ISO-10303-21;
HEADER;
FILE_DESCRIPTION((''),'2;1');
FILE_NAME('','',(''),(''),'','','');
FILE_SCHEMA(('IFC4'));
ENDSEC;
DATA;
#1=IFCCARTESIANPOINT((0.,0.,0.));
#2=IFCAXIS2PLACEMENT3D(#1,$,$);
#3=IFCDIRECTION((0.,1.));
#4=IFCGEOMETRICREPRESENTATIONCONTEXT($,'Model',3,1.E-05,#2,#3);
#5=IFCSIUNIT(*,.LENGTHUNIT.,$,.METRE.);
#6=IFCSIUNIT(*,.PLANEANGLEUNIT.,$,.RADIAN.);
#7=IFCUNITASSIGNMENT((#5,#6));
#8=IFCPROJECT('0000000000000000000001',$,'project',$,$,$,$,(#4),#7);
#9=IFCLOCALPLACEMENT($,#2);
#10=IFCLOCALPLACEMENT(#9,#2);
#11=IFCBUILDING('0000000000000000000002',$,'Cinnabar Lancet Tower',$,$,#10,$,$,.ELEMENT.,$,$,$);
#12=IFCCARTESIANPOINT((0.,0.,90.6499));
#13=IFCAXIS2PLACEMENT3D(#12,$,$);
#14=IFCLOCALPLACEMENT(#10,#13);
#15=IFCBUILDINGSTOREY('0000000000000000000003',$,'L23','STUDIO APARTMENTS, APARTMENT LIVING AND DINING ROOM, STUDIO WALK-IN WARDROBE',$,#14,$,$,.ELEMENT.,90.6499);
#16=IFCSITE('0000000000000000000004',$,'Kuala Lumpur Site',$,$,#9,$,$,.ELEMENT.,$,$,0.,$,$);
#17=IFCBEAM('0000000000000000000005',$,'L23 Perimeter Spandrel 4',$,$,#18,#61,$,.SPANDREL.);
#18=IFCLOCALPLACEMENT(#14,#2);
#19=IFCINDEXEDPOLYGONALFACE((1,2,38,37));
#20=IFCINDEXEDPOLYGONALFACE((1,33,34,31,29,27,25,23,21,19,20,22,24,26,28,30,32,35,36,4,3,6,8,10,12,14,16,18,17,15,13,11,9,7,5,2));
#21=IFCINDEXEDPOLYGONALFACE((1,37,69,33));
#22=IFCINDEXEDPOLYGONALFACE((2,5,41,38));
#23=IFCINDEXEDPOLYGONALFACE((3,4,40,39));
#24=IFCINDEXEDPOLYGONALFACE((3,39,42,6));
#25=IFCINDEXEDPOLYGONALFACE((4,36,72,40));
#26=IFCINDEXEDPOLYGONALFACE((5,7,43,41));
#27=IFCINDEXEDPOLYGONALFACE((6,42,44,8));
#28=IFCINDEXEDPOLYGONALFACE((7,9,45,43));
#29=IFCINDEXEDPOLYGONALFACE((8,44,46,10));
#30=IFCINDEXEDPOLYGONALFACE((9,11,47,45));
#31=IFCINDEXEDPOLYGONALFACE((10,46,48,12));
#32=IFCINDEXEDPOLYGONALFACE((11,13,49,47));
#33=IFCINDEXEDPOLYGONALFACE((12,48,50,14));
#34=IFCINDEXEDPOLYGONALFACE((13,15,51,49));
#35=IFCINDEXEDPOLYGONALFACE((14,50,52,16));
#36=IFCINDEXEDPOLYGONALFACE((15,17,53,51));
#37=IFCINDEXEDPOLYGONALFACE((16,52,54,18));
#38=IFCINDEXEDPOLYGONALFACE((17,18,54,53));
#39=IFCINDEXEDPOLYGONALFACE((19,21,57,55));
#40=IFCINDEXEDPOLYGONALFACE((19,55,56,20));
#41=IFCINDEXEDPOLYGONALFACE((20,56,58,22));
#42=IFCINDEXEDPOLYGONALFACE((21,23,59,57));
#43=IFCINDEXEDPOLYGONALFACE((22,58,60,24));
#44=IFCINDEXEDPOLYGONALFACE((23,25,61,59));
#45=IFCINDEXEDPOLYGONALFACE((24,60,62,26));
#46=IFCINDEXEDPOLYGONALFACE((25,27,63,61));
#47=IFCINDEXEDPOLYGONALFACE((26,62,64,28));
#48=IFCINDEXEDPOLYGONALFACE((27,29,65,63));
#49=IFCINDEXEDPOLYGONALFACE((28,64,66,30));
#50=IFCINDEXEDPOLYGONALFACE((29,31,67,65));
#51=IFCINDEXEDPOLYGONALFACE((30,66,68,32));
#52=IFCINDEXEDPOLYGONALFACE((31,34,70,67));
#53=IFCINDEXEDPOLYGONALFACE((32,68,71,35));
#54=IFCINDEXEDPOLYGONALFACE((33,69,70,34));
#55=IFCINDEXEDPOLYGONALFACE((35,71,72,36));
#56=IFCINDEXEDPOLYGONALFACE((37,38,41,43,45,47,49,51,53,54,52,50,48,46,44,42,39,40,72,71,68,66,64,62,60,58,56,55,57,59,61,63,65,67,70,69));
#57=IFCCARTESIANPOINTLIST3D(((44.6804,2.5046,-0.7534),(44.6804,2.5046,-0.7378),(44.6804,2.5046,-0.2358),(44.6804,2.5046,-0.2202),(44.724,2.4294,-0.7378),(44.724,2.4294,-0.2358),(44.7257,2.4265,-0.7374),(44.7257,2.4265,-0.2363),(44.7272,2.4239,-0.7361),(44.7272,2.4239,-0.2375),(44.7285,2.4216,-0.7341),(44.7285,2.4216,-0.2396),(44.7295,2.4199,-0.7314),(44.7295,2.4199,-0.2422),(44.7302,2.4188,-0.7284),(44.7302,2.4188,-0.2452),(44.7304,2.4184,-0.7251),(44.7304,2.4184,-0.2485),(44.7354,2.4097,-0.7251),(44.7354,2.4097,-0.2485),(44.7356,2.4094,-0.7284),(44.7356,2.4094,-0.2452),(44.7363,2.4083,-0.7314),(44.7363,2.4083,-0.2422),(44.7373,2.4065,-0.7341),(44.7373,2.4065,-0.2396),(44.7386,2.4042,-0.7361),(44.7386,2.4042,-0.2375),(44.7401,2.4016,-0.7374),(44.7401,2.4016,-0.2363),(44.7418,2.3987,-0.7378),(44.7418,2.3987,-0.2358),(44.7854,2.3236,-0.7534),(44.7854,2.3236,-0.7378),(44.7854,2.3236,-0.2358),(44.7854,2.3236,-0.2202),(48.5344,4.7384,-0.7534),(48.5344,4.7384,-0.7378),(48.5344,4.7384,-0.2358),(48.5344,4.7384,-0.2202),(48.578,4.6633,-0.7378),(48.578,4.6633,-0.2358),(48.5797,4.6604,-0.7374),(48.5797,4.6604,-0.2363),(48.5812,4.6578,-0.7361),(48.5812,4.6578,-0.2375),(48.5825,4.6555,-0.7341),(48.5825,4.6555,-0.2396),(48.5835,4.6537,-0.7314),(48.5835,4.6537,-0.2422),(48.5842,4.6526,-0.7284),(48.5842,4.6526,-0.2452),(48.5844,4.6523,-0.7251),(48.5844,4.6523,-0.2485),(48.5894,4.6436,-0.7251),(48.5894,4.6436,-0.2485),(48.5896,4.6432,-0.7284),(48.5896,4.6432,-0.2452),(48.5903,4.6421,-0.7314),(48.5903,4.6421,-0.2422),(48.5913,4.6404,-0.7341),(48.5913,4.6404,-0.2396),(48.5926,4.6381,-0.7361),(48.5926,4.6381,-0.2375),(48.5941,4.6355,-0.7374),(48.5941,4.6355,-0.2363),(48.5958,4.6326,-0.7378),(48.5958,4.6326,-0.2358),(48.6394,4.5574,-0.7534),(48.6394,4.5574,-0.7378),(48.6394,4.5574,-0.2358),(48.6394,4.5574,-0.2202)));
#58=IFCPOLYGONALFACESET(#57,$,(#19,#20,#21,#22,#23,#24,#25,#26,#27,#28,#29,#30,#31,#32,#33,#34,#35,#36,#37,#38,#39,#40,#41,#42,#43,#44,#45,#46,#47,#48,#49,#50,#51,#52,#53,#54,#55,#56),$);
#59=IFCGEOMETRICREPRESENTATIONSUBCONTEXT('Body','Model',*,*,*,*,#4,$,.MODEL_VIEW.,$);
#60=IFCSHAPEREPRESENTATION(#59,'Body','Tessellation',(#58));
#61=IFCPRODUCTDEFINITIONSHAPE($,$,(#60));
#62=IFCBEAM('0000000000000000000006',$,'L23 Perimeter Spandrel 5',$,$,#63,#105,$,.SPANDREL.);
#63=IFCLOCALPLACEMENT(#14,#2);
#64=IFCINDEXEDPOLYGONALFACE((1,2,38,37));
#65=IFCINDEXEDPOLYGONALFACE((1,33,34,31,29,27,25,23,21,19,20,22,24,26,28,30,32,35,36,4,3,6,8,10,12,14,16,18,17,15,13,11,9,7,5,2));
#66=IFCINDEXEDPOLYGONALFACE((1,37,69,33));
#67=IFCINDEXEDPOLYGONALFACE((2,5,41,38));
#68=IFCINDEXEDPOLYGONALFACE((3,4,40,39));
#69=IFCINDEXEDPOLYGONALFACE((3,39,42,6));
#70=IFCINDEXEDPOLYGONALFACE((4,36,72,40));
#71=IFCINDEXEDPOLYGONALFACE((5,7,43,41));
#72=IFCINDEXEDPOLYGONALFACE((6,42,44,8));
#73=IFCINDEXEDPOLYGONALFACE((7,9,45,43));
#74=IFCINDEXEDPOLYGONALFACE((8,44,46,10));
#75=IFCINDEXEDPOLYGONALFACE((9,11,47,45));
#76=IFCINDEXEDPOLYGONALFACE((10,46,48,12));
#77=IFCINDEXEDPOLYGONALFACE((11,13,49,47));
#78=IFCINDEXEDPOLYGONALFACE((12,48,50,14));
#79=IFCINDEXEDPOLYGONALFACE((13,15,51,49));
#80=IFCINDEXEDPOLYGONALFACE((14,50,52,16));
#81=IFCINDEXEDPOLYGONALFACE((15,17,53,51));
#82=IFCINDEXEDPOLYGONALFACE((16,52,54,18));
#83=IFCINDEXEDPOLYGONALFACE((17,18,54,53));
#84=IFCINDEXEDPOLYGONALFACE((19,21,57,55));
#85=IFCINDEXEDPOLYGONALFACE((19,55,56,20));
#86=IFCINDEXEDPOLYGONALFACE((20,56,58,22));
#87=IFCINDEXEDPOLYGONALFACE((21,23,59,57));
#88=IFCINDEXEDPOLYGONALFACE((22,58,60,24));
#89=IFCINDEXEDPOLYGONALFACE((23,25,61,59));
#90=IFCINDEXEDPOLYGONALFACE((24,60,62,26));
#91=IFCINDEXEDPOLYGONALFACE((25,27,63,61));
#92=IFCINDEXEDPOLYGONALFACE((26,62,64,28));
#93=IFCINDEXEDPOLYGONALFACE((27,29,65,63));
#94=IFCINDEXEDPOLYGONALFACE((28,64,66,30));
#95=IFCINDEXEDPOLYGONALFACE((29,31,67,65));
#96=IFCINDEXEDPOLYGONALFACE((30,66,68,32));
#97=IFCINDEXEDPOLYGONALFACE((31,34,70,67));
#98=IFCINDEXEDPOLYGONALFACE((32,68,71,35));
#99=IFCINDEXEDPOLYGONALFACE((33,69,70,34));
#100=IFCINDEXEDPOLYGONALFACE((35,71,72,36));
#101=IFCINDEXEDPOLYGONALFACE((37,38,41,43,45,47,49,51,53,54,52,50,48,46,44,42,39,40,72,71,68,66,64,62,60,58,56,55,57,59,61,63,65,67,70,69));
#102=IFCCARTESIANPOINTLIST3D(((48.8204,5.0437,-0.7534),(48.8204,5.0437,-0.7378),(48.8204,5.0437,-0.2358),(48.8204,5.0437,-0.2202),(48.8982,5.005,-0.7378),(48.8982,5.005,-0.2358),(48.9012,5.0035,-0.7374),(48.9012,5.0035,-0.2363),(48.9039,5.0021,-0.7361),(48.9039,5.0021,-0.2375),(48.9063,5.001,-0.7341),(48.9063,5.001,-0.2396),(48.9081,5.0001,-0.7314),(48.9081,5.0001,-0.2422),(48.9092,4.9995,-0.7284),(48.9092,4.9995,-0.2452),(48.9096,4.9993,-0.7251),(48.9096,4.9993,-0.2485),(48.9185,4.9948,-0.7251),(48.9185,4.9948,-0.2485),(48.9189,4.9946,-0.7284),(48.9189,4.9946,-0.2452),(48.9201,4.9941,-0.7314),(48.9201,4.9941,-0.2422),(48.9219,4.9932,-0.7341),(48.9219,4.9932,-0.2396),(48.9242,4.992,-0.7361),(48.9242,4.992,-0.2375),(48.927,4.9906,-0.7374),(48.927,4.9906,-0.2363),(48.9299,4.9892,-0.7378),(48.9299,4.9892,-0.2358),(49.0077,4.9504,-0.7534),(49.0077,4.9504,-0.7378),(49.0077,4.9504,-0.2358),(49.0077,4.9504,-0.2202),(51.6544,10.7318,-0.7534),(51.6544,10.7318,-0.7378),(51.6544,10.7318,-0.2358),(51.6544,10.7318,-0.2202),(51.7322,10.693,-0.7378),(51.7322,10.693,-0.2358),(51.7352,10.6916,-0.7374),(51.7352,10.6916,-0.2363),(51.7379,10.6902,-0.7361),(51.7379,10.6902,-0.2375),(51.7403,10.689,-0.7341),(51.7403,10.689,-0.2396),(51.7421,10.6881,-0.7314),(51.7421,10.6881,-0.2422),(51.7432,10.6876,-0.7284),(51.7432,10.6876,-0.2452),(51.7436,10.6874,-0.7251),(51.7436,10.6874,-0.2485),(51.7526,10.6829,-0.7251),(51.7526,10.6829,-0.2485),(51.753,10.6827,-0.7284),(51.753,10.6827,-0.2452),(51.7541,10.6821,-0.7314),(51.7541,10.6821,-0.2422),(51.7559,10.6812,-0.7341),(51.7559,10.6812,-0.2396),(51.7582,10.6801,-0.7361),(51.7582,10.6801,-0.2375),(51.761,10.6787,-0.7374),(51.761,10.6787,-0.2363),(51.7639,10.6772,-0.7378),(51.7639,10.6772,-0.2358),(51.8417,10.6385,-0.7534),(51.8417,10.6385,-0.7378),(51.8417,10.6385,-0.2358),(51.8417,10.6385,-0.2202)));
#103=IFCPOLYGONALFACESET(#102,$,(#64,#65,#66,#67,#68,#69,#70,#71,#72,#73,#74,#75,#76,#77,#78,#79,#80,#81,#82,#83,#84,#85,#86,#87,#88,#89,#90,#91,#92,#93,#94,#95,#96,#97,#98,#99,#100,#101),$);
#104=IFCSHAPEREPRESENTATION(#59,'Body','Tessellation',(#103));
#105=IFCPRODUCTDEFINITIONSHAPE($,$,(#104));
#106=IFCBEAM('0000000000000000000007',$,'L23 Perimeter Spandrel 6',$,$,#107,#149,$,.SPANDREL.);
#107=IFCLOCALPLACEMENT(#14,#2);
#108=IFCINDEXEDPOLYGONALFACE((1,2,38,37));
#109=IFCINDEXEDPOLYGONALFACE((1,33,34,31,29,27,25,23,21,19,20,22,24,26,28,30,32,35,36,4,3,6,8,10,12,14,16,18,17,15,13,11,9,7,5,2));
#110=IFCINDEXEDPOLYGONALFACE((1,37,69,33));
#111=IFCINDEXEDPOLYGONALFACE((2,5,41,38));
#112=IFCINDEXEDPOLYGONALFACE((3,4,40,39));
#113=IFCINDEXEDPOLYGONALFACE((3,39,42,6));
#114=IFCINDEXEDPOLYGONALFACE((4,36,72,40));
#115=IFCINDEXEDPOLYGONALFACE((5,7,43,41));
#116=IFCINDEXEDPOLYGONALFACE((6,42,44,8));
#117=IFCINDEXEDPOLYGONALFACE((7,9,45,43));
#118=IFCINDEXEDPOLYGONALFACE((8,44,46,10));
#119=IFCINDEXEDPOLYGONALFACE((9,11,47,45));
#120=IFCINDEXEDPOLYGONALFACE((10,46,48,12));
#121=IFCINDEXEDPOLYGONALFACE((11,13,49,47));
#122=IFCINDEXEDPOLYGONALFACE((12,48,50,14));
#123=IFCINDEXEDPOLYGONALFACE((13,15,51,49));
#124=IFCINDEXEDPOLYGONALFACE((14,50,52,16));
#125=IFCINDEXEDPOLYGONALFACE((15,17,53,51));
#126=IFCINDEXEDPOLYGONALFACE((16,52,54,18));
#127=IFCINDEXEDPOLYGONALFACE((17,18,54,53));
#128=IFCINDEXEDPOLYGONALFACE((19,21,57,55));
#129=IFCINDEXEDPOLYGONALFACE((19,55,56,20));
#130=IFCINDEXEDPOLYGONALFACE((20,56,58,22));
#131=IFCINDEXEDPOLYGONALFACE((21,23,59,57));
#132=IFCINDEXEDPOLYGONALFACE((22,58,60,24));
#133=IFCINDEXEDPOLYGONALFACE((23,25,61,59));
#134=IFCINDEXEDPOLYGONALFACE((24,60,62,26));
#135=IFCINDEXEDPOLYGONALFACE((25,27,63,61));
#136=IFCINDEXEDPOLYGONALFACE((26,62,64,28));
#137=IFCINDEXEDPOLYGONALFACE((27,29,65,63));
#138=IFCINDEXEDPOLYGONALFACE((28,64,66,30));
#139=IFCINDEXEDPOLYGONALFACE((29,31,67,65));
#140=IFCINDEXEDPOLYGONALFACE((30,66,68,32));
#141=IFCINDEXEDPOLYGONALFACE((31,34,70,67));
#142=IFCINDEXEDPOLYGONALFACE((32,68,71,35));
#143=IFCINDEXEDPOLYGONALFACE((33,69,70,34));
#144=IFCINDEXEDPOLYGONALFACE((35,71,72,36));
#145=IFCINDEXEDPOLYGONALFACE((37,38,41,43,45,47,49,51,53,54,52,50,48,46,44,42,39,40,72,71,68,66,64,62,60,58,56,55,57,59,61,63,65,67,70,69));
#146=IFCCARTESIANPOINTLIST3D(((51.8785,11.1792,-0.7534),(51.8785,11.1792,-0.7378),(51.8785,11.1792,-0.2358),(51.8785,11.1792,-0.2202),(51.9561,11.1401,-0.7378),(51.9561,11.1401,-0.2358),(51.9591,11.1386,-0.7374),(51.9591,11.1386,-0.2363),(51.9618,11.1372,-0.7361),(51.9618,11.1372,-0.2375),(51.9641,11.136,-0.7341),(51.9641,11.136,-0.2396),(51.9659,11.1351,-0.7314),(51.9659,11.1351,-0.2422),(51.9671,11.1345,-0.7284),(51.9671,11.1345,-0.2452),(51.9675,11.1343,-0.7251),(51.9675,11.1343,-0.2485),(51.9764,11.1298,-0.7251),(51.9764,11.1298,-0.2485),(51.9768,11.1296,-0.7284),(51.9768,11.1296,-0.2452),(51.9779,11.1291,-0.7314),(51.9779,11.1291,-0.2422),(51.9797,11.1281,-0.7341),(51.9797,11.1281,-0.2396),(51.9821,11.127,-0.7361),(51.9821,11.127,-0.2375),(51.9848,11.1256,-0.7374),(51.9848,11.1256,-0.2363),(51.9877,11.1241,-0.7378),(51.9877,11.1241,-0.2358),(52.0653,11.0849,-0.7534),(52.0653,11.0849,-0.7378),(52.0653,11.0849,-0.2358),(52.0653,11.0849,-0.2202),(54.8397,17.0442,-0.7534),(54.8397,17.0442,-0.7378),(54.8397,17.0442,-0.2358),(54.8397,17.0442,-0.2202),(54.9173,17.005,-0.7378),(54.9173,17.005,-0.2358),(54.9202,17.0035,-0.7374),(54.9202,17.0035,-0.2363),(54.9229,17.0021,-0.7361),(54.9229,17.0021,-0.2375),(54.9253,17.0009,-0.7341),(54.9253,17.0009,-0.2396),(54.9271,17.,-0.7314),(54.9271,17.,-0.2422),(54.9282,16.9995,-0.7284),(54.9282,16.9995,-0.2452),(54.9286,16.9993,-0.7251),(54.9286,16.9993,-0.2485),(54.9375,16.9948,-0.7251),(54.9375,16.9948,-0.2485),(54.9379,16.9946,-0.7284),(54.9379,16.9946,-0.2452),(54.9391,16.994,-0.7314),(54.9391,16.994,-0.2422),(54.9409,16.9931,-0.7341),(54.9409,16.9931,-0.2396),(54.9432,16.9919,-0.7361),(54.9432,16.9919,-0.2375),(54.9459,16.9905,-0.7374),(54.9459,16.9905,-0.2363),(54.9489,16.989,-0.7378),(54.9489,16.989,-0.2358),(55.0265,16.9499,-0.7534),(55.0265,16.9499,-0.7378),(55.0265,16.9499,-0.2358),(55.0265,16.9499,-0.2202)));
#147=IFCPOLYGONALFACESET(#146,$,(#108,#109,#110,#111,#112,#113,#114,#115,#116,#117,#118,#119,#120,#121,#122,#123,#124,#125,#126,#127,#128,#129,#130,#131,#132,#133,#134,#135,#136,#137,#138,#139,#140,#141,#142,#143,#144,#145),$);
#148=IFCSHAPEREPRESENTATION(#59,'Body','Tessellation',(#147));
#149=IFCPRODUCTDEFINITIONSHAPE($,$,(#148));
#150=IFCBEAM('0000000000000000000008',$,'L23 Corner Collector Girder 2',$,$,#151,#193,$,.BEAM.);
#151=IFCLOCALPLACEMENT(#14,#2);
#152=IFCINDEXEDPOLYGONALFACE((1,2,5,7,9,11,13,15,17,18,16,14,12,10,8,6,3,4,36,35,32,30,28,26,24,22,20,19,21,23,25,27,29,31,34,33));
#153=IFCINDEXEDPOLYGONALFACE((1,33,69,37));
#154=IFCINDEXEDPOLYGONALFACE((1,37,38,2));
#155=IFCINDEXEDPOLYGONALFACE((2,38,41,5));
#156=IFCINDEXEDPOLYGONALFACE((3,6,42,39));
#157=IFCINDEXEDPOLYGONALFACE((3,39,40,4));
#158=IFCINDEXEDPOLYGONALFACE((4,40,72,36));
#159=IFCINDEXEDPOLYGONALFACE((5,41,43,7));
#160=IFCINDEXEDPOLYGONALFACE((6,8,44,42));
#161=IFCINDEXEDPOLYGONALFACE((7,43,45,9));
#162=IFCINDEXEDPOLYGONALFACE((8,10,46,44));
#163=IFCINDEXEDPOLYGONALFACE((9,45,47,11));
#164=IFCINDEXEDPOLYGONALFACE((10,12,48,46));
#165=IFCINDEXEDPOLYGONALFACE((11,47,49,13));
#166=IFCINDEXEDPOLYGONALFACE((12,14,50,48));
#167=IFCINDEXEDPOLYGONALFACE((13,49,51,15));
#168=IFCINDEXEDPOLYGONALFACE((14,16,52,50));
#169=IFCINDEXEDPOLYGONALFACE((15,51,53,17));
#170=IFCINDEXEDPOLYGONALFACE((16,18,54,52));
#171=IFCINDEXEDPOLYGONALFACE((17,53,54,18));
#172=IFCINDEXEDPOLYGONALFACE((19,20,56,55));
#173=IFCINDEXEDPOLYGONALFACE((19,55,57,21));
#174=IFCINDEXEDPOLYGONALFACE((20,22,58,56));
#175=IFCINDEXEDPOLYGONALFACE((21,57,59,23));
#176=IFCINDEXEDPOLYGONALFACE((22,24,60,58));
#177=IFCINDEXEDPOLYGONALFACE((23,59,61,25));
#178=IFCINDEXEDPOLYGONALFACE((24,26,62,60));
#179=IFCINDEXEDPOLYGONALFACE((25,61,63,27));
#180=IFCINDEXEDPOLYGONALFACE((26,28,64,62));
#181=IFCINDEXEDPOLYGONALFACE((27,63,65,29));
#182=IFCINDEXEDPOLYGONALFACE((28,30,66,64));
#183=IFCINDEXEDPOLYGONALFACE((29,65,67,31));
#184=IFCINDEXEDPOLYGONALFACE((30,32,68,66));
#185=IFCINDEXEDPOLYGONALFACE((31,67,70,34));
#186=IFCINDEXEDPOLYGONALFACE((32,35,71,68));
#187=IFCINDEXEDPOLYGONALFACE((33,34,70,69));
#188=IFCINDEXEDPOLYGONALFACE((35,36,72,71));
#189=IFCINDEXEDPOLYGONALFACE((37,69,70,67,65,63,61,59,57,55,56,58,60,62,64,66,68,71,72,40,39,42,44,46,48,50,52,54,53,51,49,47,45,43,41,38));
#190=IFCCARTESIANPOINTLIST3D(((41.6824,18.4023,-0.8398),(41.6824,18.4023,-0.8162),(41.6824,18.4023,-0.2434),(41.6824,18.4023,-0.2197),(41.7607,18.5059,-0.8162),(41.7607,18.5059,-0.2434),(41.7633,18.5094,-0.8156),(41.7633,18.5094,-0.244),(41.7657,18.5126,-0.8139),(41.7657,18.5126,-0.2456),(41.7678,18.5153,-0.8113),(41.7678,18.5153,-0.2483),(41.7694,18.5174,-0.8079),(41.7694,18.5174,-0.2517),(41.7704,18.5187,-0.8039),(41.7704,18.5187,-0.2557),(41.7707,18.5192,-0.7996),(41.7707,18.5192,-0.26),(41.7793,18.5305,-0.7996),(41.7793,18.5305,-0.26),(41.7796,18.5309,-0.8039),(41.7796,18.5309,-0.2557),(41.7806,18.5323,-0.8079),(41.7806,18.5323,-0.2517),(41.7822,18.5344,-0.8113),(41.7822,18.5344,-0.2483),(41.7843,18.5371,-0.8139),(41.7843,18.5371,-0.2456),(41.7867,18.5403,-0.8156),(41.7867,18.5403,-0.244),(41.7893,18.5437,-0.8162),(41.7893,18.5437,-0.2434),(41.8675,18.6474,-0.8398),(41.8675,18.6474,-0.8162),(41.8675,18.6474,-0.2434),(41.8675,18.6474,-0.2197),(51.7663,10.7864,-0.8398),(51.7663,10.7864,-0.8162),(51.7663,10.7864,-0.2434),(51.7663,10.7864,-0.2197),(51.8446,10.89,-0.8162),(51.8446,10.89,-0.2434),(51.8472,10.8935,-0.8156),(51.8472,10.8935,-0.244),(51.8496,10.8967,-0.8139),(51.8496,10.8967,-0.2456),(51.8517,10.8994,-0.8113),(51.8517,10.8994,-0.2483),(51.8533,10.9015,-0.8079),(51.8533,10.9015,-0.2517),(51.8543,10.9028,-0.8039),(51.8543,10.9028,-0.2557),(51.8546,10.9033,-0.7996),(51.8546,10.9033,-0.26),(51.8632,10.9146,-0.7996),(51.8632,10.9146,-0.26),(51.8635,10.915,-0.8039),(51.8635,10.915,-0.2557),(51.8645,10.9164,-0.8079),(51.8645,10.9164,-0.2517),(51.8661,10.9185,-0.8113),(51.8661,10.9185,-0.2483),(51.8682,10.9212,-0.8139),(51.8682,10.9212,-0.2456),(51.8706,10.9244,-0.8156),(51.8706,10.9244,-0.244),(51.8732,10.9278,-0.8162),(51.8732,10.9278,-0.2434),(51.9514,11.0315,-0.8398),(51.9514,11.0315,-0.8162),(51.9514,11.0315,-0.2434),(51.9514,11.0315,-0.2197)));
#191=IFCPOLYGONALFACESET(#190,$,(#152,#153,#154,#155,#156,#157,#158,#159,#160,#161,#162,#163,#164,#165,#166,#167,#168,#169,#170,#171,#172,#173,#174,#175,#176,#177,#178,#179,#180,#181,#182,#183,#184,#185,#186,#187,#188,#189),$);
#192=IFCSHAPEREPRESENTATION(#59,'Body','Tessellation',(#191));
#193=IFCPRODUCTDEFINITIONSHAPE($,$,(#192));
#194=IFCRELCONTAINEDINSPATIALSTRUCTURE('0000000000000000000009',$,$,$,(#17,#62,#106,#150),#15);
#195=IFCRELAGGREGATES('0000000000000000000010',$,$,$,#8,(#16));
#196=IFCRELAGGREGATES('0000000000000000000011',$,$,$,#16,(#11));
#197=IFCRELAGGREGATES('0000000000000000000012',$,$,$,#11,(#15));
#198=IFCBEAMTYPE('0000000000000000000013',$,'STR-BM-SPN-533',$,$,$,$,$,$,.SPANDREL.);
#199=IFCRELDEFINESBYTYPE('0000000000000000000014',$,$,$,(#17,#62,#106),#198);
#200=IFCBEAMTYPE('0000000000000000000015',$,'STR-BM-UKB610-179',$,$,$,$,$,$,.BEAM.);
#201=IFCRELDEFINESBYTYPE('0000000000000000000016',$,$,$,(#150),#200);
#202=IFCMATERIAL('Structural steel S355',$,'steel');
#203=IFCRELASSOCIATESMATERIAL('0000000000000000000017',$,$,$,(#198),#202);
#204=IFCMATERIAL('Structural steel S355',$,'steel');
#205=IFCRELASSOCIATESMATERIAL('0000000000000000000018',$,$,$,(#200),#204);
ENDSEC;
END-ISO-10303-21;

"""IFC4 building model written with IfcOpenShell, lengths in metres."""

from ifc_helpers import new_model, si_unit, direction, frame, origin, origin_2d, place, context, subcontext, project, spatial, i_section, extrude, material, material_profile, profile_set, type_object, element, save


model = new_model("IFC4")

# Units and contexts
model_context = context("Model", 3, precision=1e-05, world=origin(), true_north=direction((0.0, 1.0)))
body_context = subcontext(model_context, "Body", "Model", "MODEL_VIEW")
ifc_project = project(units=[si_unit("LENGTHUNIT", "METRE"), si_unit("PLANEANGLEUNIT", "RADIAN")], contexts=[model_context])

# Site, building, storey
site_placement = place(None, origin())
site = spatial("IfcSite", under=ifc_project, at=site_placement, Name="Kuala Lumpur Site", CompositionType="ELEMENT", RefElevation=0.0)
building_placement = place(site_placement, origin())
building = spatial("IfcBuilding", under=site, at=building_placement, Name="Cinnabar Lancet Tower", CompositionType="ELEMENT")
storey_placement = place(building_placement, frame((0.0, 0.0, 90.6499)))
storey = spatial("IfcBuildingStorey", under=building, at=storey_placement, Name="L23", Description="STUDIO APARTMENTS, APARTMENT LIVING AND DINING ROOM, STUDIO WALK-IN WARDROBE", CompositionType="ELEMENT", Elevation=90.6499)

# Beams
ifc_material_1 = material(Name="Structural steel S355", Category="steel")
ifc_material_profile_1 = material_profile(ifc_material_1, i_section(OverallWidth=0.2092, OverallDepth=0.5332, WebThickness=0.01, FlangeThickness=0.0156, FilletRadius=0.0127, at=origin_2d()), Name="UKB 533x210x92")
ifc_profile_set_1 = profile_set([ifc_material_profile_1], Name="Structural steel S355")
beam_type_1 = type_object("IfcBeamType", Name="STR-BM-SPN-533", PredefinedType="SPANDREL", material=ifc_profile_set_1)
beam_1_placement = place(storey_placement, frame((44.7329, 2.4141, -0.4868), z_axis=(0.865171, 0.501477, 0.0), x_axis=(-0.501477, 0.865171, 0.0)))
element("IfcBeam", 1, at=beam_1_placement, inside=storey, type_object=beam_type_1, Name="L23 Perimeter Spandrel 4", PredefinedType="SPANDREL", context=body_context, shape_type="SweptSolid", body=[
    extrude(i_section(OverallWidth=0.2092, OverallDepth=0.5332, WebThickness=0.01, FlangeThickness=0.0156, FilletRadius=0.0127, at=origin_2d()), origin(), (0.0, 0.0, 1.0), 4.4546),
])
beam_2_placement = place(storey_placement, frame((48.9141, 4.9971, -0.4868), z_axis=(0.445953, 0.895056, 0.0), x_axis=(-0.895056, 0.445953, 0.0)))
element("IfcBeam", 2, at=beam_2_placement, inside=storey, type_object=beam_type_1, Name="L23 Perimeter Spandrel 5", PredefinedType="SPANDREL", context=body_context, shape_type="SweptSolid", body=[
    extrude(i_section(OverallWidth=0.2092, OverallDepth=0.5332, WebThickness=0.01, FlangeThickness=0.0156, FilletRadius=0.0127, at=origin_2d()), origin(), (0.0, 0.0, 1.0), 6.355),
])
beam_3_placement = place(storey_placement, frame((51.9719, 11.1321, -0.4868), z_axis=(0.450703, 0.892674, 0.0), x_axis=(-0.892674, 0.450703, 0.0)))
element("IfcBeam", 3, at=beam_3_placement, inside=storey, type_object=beam_type_1, Name="L23 Perimeter Spandrel 6", PredefinedType="SPANDREL", context=body_context, shape_type="SweptSolid", body=[
    extrude(i_section(OverallWidth=0.2092, OverallDepth=0.5332, WebThickness=0.01, FlangeThickness=0.0156, FilletRadius=0.0127, at=origin_2d()), origin(), (0.0, 0.0, 1.0), 6.5701),
])
ifc_material_2 = material(Name="Structural steel S355", Category="steel")
ifc_material_profile_2 = material_profile(ifc_material_2, i_section(OverallWidth=0.3071, OverallDepth=0.6201, WebThickness=0.0142, FlangeThickness=0.0237, FilletRadius=0.0166, at=origin_2d()), Name="UKB 610x305x179")
ifc_profile_set_2 = profile_set([ifc_material_profile_2], Name="Structural steel S355")
beam_type_2 = type_object("IfcBeamType", Name="STR-BM-UKB610-179", PredefinedType="BEAM", material=ifc_profile_set_2)
beam_4_placement = place(storey_placement, frame((51.8589, 10.9089, -0.5298), z_axis=(-0.797983, 0.60268, 0.0), x_axis=(-0.60268, -0.797983, 0.0)))
element("IfcBeam", 4, at=beam_4_placement, inside=storey, type_object=beam_type_2, Name="L23 Corner Collector Girder 2", PredefinedType="BEAM", context=body_context, shape_type="SweptSolid", body=[
    extrude(i_section(OverallWidth=0.3071, OverallDepth=0.6201, WebThickness=0.0142, FlangeThickness=0.0237, FilletRadius=0.0166, at=origin_2d()), origin(), (0.0, 0.0, 1.0), 12.6367),
])

save(model, "model.ifc")
